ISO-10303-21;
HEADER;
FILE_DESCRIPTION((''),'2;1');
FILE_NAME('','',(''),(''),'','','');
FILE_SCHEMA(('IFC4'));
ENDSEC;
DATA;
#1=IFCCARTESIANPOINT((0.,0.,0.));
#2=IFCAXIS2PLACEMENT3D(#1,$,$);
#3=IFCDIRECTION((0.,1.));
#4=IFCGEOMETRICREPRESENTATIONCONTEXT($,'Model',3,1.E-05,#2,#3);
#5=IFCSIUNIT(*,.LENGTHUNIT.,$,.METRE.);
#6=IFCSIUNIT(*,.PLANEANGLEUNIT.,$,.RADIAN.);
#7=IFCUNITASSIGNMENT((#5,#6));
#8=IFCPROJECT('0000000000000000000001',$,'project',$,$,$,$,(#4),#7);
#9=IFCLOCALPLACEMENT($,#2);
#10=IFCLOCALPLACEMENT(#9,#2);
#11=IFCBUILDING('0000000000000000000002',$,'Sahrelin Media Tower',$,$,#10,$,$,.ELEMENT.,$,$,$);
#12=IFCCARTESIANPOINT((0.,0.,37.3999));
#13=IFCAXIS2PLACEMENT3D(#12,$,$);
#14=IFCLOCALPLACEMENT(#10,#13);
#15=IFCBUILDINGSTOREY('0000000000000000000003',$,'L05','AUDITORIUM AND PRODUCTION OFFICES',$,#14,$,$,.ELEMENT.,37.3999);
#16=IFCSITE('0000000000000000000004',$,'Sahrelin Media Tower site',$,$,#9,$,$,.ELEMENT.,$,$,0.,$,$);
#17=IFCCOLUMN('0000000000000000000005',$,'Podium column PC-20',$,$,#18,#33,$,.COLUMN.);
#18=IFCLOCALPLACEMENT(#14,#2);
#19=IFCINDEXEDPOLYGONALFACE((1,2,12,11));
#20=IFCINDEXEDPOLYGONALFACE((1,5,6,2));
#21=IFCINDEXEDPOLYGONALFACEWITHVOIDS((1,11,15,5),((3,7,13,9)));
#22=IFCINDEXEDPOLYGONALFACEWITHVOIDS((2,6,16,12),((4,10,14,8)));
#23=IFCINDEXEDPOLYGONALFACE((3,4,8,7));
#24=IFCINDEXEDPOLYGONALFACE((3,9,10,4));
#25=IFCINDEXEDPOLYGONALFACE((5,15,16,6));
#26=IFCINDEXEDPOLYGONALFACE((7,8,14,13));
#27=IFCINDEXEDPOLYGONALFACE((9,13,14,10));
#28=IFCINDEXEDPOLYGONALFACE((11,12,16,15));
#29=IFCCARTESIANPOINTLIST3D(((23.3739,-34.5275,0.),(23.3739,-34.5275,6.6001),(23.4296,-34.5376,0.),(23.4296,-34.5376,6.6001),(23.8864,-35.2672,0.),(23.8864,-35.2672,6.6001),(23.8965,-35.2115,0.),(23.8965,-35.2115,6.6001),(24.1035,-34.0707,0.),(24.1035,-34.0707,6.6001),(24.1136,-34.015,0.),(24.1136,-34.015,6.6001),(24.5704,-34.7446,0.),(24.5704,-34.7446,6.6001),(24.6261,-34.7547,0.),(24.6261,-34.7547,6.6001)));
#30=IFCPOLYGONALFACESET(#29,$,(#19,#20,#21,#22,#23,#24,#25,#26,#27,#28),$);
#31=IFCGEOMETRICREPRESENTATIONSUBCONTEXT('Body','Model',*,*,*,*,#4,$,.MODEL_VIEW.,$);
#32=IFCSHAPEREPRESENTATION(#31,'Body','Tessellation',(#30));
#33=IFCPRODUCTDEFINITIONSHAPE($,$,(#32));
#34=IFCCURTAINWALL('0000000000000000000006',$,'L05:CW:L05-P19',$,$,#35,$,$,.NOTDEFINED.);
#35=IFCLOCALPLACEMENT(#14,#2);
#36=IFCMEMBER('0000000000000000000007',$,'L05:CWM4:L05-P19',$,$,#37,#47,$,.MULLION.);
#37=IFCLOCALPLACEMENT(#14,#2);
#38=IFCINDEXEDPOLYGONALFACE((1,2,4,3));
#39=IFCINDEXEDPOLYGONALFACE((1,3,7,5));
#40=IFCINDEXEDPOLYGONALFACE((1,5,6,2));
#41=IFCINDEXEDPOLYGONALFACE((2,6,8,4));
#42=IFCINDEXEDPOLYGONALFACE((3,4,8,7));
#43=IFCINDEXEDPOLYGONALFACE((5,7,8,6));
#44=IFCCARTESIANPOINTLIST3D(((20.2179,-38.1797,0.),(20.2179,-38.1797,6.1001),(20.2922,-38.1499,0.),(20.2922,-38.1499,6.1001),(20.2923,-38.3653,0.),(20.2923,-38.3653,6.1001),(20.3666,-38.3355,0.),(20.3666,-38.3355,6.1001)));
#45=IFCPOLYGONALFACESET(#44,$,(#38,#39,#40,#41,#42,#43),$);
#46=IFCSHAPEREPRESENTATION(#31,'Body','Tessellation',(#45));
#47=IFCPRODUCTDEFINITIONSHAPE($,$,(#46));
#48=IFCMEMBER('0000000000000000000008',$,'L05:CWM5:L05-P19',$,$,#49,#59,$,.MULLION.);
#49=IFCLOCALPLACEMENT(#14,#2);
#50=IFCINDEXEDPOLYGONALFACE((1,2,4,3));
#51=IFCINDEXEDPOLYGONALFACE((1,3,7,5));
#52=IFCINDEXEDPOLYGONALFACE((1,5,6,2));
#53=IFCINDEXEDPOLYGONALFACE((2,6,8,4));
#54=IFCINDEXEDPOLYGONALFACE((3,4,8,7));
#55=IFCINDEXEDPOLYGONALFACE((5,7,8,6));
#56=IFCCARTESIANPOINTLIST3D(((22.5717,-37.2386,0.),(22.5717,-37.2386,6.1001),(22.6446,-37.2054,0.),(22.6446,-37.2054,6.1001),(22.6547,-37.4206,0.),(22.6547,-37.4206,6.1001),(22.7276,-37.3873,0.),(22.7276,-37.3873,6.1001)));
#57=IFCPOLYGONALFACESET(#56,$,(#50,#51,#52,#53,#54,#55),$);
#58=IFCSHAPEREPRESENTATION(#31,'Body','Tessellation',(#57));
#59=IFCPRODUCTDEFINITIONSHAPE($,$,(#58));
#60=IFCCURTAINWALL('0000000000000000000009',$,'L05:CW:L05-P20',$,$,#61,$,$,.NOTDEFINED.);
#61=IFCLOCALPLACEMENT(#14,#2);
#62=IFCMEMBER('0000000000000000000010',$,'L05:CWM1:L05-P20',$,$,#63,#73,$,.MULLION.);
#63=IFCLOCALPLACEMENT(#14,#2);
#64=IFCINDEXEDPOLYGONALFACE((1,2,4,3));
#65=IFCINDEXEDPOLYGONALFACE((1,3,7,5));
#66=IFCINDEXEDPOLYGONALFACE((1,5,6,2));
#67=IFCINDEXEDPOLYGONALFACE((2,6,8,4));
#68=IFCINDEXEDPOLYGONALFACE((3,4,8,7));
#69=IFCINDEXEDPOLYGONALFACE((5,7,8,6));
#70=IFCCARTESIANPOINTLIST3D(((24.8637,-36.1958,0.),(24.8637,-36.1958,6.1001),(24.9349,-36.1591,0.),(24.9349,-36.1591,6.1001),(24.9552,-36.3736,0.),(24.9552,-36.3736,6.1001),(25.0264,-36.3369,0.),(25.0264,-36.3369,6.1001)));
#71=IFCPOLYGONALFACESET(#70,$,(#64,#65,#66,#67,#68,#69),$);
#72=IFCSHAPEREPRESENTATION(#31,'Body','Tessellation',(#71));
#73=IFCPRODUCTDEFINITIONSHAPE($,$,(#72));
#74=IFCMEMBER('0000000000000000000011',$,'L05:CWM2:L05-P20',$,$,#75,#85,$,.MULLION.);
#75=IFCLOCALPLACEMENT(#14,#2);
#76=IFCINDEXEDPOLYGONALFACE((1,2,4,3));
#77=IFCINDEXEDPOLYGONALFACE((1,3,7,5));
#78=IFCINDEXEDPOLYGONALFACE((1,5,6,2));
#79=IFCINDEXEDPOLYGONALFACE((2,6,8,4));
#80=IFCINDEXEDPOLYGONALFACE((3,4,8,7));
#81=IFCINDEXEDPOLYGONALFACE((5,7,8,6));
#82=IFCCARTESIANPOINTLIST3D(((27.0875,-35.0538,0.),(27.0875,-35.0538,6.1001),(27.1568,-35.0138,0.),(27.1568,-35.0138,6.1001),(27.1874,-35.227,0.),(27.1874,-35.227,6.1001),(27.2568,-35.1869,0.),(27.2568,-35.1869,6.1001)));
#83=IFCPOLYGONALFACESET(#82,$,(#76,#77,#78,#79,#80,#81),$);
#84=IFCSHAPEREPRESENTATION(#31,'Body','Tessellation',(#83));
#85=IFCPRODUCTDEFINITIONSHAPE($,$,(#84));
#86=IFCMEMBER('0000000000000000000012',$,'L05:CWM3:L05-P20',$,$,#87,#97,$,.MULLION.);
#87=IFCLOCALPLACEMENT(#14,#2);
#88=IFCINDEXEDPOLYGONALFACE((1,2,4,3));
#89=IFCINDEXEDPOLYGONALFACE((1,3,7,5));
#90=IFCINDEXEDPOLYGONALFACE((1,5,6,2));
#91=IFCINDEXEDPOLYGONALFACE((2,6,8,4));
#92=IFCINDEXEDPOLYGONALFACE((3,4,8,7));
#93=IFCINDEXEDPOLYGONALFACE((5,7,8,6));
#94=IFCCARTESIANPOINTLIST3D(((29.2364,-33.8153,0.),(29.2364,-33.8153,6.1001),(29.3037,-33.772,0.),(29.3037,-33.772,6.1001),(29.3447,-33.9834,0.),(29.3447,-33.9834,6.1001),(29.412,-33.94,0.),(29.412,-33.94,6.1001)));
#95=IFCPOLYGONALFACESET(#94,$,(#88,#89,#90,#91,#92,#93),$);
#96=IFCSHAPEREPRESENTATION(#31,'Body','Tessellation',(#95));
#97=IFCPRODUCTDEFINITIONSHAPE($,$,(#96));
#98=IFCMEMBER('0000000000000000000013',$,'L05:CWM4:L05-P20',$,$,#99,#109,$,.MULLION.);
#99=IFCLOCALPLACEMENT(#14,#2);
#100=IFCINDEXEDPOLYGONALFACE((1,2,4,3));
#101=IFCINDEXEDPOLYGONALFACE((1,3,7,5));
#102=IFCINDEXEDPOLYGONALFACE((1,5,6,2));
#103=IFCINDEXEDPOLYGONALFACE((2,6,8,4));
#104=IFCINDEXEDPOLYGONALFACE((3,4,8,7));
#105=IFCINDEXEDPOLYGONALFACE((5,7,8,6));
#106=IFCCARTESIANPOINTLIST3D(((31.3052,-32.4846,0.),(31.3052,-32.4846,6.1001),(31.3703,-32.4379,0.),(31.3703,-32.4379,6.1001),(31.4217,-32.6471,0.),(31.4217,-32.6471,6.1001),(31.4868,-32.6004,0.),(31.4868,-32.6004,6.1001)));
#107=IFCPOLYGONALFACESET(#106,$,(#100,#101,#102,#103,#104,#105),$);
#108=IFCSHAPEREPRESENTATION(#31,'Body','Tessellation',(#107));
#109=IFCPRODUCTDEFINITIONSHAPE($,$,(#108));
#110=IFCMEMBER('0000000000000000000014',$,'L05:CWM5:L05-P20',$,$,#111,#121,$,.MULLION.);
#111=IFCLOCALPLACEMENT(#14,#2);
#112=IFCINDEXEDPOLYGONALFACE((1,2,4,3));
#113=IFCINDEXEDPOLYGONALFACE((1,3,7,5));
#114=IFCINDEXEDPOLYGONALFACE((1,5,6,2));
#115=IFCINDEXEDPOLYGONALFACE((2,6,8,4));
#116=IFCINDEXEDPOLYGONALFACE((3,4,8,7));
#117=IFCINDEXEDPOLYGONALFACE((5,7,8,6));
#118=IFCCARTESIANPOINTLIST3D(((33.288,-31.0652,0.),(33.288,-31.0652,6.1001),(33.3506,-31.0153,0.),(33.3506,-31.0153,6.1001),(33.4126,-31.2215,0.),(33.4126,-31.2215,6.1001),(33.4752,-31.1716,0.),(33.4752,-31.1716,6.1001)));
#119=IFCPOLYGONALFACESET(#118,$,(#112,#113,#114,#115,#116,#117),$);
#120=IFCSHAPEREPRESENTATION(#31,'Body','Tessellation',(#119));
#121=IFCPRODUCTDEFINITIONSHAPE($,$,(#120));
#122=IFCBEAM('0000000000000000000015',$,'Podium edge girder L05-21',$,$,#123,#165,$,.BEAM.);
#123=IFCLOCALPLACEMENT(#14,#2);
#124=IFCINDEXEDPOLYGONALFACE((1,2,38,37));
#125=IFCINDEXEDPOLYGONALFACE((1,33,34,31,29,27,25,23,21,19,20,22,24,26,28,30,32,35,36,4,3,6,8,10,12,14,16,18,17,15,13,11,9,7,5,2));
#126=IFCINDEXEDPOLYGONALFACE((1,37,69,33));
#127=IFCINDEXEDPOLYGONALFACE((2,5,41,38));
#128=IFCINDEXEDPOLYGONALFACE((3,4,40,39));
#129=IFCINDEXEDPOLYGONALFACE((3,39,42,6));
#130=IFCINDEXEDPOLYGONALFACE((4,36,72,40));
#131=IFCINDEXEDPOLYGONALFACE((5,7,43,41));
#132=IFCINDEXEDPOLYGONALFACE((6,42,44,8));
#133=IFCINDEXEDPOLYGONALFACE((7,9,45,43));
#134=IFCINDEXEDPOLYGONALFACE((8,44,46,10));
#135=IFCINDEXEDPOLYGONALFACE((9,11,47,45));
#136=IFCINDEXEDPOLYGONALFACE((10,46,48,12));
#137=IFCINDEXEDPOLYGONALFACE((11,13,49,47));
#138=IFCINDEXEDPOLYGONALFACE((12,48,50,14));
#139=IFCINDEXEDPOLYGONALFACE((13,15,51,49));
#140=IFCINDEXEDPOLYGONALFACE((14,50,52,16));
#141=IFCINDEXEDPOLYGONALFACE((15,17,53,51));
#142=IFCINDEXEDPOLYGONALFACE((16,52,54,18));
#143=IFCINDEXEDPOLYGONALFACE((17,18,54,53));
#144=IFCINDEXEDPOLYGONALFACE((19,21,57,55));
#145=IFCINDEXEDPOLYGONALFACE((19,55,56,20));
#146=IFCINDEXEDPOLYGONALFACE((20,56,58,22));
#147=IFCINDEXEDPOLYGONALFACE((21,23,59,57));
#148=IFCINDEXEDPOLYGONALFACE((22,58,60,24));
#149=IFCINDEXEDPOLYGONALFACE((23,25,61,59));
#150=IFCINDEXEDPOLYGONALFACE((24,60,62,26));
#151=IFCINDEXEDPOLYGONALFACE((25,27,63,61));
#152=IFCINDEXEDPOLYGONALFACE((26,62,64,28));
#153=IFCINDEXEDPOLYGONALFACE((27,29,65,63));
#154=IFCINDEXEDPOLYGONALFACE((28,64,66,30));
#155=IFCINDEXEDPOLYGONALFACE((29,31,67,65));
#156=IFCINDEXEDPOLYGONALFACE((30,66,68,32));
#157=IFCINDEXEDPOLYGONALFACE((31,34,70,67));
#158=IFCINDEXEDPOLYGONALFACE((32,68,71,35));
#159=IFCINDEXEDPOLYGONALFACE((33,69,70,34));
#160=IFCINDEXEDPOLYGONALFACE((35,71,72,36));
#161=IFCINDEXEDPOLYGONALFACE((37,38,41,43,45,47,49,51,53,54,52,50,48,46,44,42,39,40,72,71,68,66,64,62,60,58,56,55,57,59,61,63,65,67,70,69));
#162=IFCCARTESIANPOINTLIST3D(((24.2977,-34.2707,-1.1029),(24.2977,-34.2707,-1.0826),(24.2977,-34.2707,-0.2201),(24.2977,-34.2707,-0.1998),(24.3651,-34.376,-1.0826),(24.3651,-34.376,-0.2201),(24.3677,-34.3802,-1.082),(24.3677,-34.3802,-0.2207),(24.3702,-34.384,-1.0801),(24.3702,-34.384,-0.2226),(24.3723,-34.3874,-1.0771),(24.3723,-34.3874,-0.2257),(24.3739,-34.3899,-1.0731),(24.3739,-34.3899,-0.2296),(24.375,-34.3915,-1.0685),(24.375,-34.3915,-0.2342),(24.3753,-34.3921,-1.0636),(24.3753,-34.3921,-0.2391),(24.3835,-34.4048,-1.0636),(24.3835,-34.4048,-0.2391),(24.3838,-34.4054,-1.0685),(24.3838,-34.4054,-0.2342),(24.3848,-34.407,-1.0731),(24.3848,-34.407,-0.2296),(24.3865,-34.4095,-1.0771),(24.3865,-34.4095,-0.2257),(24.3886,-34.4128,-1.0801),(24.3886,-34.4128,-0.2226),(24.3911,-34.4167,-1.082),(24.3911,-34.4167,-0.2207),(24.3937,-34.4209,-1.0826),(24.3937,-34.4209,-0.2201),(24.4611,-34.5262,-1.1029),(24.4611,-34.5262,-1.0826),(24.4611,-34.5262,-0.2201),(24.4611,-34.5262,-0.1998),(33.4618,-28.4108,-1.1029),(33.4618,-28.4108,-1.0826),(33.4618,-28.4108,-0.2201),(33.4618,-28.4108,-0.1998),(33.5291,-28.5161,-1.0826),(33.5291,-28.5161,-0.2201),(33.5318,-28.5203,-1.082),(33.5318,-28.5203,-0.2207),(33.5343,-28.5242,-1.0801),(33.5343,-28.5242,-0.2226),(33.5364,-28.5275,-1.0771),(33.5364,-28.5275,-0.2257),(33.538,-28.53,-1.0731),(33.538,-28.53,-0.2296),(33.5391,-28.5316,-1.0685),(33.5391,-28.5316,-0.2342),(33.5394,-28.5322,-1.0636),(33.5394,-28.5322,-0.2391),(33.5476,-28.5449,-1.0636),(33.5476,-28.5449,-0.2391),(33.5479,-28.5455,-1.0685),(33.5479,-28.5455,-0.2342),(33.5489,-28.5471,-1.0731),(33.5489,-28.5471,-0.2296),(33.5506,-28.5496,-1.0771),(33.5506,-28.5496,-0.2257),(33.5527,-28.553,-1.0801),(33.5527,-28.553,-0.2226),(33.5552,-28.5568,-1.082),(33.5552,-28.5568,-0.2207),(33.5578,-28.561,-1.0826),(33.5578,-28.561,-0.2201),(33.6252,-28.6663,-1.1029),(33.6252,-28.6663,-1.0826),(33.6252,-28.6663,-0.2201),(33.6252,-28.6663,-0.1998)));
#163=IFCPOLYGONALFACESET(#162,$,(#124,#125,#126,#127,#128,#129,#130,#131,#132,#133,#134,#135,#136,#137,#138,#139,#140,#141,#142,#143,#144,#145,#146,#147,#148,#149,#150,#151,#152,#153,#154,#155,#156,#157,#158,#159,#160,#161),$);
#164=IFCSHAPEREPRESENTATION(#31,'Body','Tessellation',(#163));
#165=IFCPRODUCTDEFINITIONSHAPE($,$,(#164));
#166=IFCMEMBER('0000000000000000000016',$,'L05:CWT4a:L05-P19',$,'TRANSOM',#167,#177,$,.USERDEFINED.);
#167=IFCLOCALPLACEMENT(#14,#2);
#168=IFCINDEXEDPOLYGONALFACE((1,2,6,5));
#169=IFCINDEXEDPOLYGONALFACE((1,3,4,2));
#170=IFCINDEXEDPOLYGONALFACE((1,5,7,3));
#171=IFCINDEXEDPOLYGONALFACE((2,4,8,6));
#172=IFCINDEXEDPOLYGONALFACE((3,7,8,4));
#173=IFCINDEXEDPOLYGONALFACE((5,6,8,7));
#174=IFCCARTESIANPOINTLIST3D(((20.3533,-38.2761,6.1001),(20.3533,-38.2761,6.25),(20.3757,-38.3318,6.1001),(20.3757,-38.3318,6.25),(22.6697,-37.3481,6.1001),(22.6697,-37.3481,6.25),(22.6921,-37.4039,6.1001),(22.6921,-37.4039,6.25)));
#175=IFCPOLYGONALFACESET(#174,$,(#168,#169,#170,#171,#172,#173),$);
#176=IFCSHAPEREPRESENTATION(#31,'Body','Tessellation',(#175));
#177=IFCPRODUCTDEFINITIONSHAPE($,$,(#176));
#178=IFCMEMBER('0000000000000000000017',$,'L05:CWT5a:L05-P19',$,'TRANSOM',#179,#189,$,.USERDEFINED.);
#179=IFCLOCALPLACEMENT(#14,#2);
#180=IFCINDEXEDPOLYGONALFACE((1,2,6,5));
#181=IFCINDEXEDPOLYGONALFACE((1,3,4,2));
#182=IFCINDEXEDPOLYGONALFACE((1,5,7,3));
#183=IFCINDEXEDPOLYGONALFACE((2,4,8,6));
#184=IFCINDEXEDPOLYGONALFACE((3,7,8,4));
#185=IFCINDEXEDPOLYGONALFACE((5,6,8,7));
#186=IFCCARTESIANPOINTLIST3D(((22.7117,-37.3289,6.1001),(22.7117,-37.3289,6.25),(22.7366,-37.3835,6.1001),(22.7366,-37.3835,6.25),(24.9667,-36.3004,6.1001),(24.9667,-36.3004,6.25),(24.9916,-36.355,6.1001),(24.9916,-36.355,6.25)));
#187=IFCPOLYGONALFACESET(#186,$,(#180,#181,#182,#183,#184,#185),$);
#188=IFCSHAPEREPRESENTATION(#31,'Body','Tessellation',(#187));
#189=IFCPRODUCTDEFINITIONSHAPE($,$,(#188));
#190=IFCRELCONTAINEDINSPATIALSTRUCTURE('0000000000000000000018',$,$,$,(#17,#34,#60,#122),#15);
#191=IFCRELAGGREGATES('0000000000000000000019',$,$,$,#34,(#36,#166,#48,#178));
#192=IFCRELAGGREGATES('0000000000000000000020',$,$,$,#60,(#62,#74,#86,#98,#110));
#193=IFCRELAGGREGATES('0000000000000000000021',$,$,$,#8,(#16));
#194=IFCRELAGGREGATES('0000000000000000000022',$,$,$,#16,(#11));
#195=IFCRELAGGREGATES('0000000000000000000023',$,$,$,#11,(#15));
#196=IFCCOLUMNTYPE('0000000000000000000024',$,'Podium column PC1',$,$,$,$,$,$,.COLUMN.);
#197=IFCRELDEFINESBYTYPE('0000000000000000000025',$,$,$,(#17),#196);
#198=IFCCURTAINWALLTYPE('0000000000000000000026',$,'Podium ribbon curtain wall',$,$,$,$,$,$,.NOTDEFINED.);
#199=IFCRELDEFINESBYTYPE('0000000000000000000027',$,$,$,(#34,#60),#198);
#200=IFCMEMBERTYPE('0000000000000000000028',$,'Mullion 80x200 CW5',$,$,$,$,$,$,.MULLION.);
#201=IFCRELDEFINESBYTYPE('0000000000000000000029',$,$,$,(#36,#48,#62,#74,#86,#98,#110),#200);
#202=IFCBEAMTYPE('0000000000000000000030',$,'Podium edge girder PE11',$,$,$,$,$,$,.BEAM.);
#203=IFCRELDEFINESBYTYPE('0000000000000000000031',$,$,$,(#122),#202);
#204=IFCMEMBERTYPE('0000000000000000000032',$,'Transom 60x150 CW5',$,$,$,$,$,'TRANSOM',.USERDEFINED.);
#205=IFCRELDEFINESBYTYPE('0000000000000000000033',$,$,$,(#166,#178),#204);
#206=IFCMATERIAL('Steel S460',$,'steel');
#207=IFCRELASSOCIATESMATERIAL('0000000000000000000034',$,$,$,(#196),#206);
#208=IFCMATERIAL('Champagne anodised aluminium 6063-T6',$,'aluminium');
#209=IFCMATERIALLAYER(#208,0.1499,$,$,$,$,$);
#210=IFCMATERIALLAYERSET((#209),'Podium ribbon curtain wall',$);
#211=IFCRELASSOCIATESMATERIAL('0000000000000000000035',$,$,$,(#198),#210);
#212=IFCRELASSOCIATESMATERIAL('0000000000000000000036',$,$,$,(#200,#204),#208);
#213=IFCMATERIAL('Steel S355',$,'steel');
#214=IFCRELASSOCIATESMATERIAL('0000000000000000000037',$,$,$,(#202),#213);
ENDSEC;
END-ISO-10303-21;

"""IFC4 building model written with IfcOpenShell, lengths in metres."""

from ifc_helpers import new_model, si_unit, direction, frame, origin, origin_2d, place, context, subcontext, project, spatial, rectangle, hollow_rectangle, i_section, extrude, material, layer, layer_set, material_profile, profile_set, type_object, element, aggregate, save


model = new_model("IFC4")

# Units and contexts
model_context = context("Model", 3, precision=1e-05, world=origin(), true_north=direction((0.0, 1.0)))
body_context = subcontext(model_context, "Body", "Model", "MODEL_VIEW")
ifc_project = project(units=[si_unit("LENGTHUNIT", "METRE"), si_unit("PLANEANGLEUNIT", "RADIAN")], contexts=[model_context])

# Site, building, storey
site_placement = place(None, origin())
site = spatial("IfcSite", under=ifc_project, at=site_placement, Name="Sahrelin Media Tower site", CompositionType="ELEMENT", RefElevation=0.0)
building_placement = place(site_placement, origin())
building = spatial("IfcBuilding", under=site, at=building_placement, Name="Sahrelin Media Tower", CompositionType="ELEMENT")
storey_placement = place(building_placement, frame((0.0, 0.0, 37.3999)))
storey = spatial("IfcBuildingStorey", under=building, at=storey_placement, Name="L05", Description="AUDITORIUM AND PRODUCTION OFFICES", CompositionType="ELEMENT", Elevation=37.3999)

# Column
ifc_material_1 = material(Name="Steel S460", Category="steel")
ifc_material_profile_1 = material_profile(ifc_material_1, hollow_rectangle(XDim=0.8999, YDim=0.8999, WallThickness=0.04, at=origin_2d()), Name="Podium column PC1")
ifc_profile_set_1 = profile_set([ifc_material_profile_1], Name="Steel S460")
column_type = type_object("IfcColumnType", Name="Podium column PC1", PredefinedType="COLUMN", material=ifc_profile_set_1)
column_placement = place(storey_placement, frame((24.0, -34.6411, 0.0), z_axis=(0.0, 0.0, 1.0), x_axis=(0.569495, -0.821995, 0.0)))
element("IfcColumn", 1, at=column_placement, inside=storey, type_object=column_type, Name="Podium column PC-20", PredefinedType="COLUMN", context=body_context, shape_type="SweptSolid", body=[
    extrude(hollow_rectangle(XDim=0.8999, YDim=0.8999, WallThickness=0.04, at=origin_2d()), origin(), (0.0, 0.0, 1.0), 6.6001),
])

# Curtain walls, members
ifc_material_2 = material(Name="Champagne anodised aluminium 6063-T6", Category="aluminium")
ifc_layer_1 = layer(ifc_material_2, 0.1499)
ifc_layer_set_1 = layer_set([ifc_layer_1], Name="Podium ribbon curtain wall")
curtain_wall_type = type_object("IfcCurtainWallType", Name="Podium ribbon curtain wall", PredefinedType="NOTDEFINED", material=ifc_layer_set_1)
curtain_wall_1_placement = place(storey_placement, frame((12.9409, -40.5688, 0.0), z_axis=(0.0, 0.0, 1.0), x_axis=(1.0, 0.0, 0.0)))
curtain_wall_1 = element("IfcCurtainWall", 2, at=curtain_wall_1_placement, inside=storey, type_object=curtain_wall_type, Name="L05:CW:L05-P19", PredefinedType="NOTDEFINED")
ifc_material_profile_2 = material_profile(ifc_material_2, rectangle(XDim=0.0801, YDim=0.2, at=origin_2d()), Name="Mullion 80x200")
ifc_profile_set_2 = profile_set([ifc_material_profile_2], Name="Champagne anodised aluminium 6063-T6")
member_type_1 = type_object("IfcMemberType", Name="Mullion 80x200 CW5", PredefinedType="MULLION", material=ifc_profile_set_2)
member_1_placement = place(storey_placement, frame((20.2922, -38.2576, 0.0), z_axis=(0.0, 0.0, 1.0), x_axis=(0.92827, 0.371906, 0.0)))
member_1 = element("IfcMember", 3, at=member_1_placement, type_object=member_type_1, Name="L05:CWM4:L05-P19", PredefinedType="MULLION", context=body_context, shape_type="SweptSolid", body=[
    extrude(rectangle(XDim=0.0801, YDim=0.2, at=origin_2d()), origin(), (0.0, 0.0, 1.0), 6.1001),
])
member_2_placement = place(storey_placement, frame((22.6497, -37.313, 0.0), z_axis=(0.0, 0.0, 1.0), x_axis=(0.909842, 0.414955, 0.0)))
member_2 = element("IfcMember", 4, at=member_2_placement, type_object=member_type_1, Name="L05:CWM5:L05-P19", PredefinedType="MULLION", context=body_context, shape_type="SweptSolid", body=[
    extrude(rectangle(XDim=0.0801, YDim=0.2, at=origin_2d()), origin(), (0.0, 0.0, 1.0), 6.1001),
])
curtain_wall_2_placement = place(storey_placement, frame((25.0, -36.373, 0.0), z_axis=(0.0, 0.0, 1.0), x_axis=(1.0, 0.0, 0.0)))
curtain_wall_2 = element("IfcCurtainWall", 5, at=curtain_wall_2_placement, inside=storey, type_object=curtain_wall_type, Name="L05:CW:L05-P20", PredefinedType="NOTDEFINED")
member_3_placement = place(storey_placement, frame((24.9451, -36.2664, 0.0), z_axis=(0.0, 0.0, 1.0), x_axis=(0.889123, 0.457668, 0.0)))
member_3 = element("IfcMember", 6, at=member_3_placement, type_object=member_type_1, Name="L05:CWM1:L05-P20", PredefinedType="MULLION", context=body_context, shape_type="SweptSolid", body=[
    extrude(rectangle(XDim=0.0801, YDim=0.2, at=origin_2d()), origin(), (0.0, 0.0, 1.0), 6.1001),
])
member_4_placement = place(storey_placement, frame((27.1721, -35.1204, 0.0), z_axis=(0.0, 0.0, 1.0), x_axis=(0.866029, 0.499994, 0.0)))
member_4 = element("IfcMember", 7, at=member_4_placement, type_object=member_type_1, Name="L05:CWM2:L05-P20", PredefinedType="MULLION", context=body_context, shape_type="SweptSolid", body=[
    extrude(rectangle(XDim=0.0801, YDim=0.2, at=origin_2d()), origin(), (0.0, 0.0, 1.0), 6.1001),
])
member_5_placement = place(storey_placement, frame((29.3242, -33.8777, 0.0), z_axis=(0.0, 0.0, 1.0), x_axis=(0.840519, 0.541782, 0.0)))
member_5 = element("IfcMember", 8, at=member_5_placement, type_object=member_type_1, Name="L05:CWM3:L05-P20", PredefinedType="MULLION", context=body_context, shape_type="SweptSolid", body=[
    extrude(rectangle(XDim=0.0801, YDim=0.2, at=origin_2d()), origin(), (0.0, 0.0, 1.0), 6.1001),
])
member_6_placement = place(storey_placement, frame((31.396, -32.5425, 0.0), z_axis=(0.0, 0.0, 1.0), x_axis=(0.812532, 0.582916, 0.0)))
member_6 = element("IfcMember", 9, at=member_6_placement, type_object=member_type_1, Name="L05:CWM4:L05-P20", PredefinedType="MULLION", context=body_context, shape_type="SweptSolid", body=[
    extrude(rectangle(XDim=0.0801, YDim=0.2, at=origin_2d()), origin(), (0.0, 0.0, 1.0), 6.1001),
])
member_7_placement = place(storey_placement, frame((33.3816, -31.1184, 0.0), z_axis=(0.0, 0.0, 1.0), x_axis=(0.78196, 0.623328, 0.0)))
member_7 = element("IfcMember", 10, at=member_7_placement, type_object=member_type_1, Name="L05:CWM5:L05-P20", PredefinedType="MULLION", context=body_context, shape_type="SweptSolid", body=[
    extrude(rectangle(XDim=0.0801, YDim=0.2, at=origin_2d()), origin(), (0.0, 0.0, 1.0), 6.1001),
])

# Beam
ifc_material_3 = material(Name="Steel S355", Category="steel")
ifc_material_profile_3 = material_profile(ifc_material_3, i_section(OverallWidth=0.3032, OverallDepth=0.9031, WebThickness=0.0151, FlangeThickness=0.0203, FilletRadius=0.019, at=origin_2d()), Name="UB 914x305x201")
ifc_profile_set_3 = profile_set([ifc_material_profile_3], Name="Steel S355")
beam_type = type_object("IfcBeamType", Name="Podium edge girder PE11", PredefinedType="BEAM", material=ifc_profile_set_3)
beam_placement = place(storey_placement, frame((24.3794, -34.3984, -0.6514), z_axis=(0.842486, 0.538719, 0.0), x_axis=(-0.538719, 0.842486, 0.0)))
element("IfcBeam", 11, at=beam_placement, inside=storey, type_object=beam_type, Name="Podium edge girder L05-21", PredefinedType="BEAM", context=body_context, shape_type="SweptSolid", body=[
    extrude(i_section(OverallWidth=0.3032, OverallDepth=0.9031, WebThickness=0.0151, FlangeThickness=0.0203, FilletRadius=0.019, at=origin_2d()), origin(), (0.0, 0.0, 1.0), 10.8774),
])

# Members
ifc_material_profile_4 = material_profile(ifc_material_2, rectangle(XDim=0.0601, YDim=0.1499, at=origin_2d()), Name="Transom 60x150")
ifc_profile_set_4 = profile_set([ifc_material_profile_4], Name="Champagne anodised aluminium 6063-T6")
member_type_2 = type_object("IfcMemberType", Name="Transom 60x150 CW5", ElementType="TRANSOM", PredefinedType="USERDEFINED", material=ifc_profile_set_4)
member_8_placement = place(storey_placement, frame((20.3645, -38.304, 6.175), z_axis=(0.928281, 0.37188, 0.0), x_axis=(-0.37188, 0.928281, 0.0)))
member_8 = element("IfcMember", 12, at=member_8_placement, type_object=member_type_2, Name="L05:CWT4a:L05-P19", ObjectType="TRANSOM", PredefinedType="USERDEFINED", context=body_context, shape_type="SweptSolid", body=[
    extrude(rectangle(XDim=0.0601, YDim=0.1499, at=origin_2d()), origin(), (0.0, 0.0, 1.0), 2.4954),
])
member_9_placement = place(storey_placement, frame((22.7241, -37.3562, 6.175), z_axis=(0.909833, 0.414975, 0.0), x_axis=(-0.414975, 0.909833, 0.0)))
member_9 = element("IfcMember", 13, at=member_9_placement, type_object=member_type_2, Name="L05:CWT5a:L05-P19", ObjectType="TRANSOM", PredefinedType="USERDEFINED", context=body_context, shape_type="SweptSolid", body=[
    extrude(rectangle(XDim=0.0601, YDim=0.1499, at=origin_2d()), origin(), (0.0, 0.0, 1.0), 2.4785),
])

aggregate(curtain_wall_1, [member_1, member_8, member_2, member_9])
aggregate(curtain_wall_2, [member_3, member_4, member_5, member_6, member_7])

save(model, "model.ifc")
